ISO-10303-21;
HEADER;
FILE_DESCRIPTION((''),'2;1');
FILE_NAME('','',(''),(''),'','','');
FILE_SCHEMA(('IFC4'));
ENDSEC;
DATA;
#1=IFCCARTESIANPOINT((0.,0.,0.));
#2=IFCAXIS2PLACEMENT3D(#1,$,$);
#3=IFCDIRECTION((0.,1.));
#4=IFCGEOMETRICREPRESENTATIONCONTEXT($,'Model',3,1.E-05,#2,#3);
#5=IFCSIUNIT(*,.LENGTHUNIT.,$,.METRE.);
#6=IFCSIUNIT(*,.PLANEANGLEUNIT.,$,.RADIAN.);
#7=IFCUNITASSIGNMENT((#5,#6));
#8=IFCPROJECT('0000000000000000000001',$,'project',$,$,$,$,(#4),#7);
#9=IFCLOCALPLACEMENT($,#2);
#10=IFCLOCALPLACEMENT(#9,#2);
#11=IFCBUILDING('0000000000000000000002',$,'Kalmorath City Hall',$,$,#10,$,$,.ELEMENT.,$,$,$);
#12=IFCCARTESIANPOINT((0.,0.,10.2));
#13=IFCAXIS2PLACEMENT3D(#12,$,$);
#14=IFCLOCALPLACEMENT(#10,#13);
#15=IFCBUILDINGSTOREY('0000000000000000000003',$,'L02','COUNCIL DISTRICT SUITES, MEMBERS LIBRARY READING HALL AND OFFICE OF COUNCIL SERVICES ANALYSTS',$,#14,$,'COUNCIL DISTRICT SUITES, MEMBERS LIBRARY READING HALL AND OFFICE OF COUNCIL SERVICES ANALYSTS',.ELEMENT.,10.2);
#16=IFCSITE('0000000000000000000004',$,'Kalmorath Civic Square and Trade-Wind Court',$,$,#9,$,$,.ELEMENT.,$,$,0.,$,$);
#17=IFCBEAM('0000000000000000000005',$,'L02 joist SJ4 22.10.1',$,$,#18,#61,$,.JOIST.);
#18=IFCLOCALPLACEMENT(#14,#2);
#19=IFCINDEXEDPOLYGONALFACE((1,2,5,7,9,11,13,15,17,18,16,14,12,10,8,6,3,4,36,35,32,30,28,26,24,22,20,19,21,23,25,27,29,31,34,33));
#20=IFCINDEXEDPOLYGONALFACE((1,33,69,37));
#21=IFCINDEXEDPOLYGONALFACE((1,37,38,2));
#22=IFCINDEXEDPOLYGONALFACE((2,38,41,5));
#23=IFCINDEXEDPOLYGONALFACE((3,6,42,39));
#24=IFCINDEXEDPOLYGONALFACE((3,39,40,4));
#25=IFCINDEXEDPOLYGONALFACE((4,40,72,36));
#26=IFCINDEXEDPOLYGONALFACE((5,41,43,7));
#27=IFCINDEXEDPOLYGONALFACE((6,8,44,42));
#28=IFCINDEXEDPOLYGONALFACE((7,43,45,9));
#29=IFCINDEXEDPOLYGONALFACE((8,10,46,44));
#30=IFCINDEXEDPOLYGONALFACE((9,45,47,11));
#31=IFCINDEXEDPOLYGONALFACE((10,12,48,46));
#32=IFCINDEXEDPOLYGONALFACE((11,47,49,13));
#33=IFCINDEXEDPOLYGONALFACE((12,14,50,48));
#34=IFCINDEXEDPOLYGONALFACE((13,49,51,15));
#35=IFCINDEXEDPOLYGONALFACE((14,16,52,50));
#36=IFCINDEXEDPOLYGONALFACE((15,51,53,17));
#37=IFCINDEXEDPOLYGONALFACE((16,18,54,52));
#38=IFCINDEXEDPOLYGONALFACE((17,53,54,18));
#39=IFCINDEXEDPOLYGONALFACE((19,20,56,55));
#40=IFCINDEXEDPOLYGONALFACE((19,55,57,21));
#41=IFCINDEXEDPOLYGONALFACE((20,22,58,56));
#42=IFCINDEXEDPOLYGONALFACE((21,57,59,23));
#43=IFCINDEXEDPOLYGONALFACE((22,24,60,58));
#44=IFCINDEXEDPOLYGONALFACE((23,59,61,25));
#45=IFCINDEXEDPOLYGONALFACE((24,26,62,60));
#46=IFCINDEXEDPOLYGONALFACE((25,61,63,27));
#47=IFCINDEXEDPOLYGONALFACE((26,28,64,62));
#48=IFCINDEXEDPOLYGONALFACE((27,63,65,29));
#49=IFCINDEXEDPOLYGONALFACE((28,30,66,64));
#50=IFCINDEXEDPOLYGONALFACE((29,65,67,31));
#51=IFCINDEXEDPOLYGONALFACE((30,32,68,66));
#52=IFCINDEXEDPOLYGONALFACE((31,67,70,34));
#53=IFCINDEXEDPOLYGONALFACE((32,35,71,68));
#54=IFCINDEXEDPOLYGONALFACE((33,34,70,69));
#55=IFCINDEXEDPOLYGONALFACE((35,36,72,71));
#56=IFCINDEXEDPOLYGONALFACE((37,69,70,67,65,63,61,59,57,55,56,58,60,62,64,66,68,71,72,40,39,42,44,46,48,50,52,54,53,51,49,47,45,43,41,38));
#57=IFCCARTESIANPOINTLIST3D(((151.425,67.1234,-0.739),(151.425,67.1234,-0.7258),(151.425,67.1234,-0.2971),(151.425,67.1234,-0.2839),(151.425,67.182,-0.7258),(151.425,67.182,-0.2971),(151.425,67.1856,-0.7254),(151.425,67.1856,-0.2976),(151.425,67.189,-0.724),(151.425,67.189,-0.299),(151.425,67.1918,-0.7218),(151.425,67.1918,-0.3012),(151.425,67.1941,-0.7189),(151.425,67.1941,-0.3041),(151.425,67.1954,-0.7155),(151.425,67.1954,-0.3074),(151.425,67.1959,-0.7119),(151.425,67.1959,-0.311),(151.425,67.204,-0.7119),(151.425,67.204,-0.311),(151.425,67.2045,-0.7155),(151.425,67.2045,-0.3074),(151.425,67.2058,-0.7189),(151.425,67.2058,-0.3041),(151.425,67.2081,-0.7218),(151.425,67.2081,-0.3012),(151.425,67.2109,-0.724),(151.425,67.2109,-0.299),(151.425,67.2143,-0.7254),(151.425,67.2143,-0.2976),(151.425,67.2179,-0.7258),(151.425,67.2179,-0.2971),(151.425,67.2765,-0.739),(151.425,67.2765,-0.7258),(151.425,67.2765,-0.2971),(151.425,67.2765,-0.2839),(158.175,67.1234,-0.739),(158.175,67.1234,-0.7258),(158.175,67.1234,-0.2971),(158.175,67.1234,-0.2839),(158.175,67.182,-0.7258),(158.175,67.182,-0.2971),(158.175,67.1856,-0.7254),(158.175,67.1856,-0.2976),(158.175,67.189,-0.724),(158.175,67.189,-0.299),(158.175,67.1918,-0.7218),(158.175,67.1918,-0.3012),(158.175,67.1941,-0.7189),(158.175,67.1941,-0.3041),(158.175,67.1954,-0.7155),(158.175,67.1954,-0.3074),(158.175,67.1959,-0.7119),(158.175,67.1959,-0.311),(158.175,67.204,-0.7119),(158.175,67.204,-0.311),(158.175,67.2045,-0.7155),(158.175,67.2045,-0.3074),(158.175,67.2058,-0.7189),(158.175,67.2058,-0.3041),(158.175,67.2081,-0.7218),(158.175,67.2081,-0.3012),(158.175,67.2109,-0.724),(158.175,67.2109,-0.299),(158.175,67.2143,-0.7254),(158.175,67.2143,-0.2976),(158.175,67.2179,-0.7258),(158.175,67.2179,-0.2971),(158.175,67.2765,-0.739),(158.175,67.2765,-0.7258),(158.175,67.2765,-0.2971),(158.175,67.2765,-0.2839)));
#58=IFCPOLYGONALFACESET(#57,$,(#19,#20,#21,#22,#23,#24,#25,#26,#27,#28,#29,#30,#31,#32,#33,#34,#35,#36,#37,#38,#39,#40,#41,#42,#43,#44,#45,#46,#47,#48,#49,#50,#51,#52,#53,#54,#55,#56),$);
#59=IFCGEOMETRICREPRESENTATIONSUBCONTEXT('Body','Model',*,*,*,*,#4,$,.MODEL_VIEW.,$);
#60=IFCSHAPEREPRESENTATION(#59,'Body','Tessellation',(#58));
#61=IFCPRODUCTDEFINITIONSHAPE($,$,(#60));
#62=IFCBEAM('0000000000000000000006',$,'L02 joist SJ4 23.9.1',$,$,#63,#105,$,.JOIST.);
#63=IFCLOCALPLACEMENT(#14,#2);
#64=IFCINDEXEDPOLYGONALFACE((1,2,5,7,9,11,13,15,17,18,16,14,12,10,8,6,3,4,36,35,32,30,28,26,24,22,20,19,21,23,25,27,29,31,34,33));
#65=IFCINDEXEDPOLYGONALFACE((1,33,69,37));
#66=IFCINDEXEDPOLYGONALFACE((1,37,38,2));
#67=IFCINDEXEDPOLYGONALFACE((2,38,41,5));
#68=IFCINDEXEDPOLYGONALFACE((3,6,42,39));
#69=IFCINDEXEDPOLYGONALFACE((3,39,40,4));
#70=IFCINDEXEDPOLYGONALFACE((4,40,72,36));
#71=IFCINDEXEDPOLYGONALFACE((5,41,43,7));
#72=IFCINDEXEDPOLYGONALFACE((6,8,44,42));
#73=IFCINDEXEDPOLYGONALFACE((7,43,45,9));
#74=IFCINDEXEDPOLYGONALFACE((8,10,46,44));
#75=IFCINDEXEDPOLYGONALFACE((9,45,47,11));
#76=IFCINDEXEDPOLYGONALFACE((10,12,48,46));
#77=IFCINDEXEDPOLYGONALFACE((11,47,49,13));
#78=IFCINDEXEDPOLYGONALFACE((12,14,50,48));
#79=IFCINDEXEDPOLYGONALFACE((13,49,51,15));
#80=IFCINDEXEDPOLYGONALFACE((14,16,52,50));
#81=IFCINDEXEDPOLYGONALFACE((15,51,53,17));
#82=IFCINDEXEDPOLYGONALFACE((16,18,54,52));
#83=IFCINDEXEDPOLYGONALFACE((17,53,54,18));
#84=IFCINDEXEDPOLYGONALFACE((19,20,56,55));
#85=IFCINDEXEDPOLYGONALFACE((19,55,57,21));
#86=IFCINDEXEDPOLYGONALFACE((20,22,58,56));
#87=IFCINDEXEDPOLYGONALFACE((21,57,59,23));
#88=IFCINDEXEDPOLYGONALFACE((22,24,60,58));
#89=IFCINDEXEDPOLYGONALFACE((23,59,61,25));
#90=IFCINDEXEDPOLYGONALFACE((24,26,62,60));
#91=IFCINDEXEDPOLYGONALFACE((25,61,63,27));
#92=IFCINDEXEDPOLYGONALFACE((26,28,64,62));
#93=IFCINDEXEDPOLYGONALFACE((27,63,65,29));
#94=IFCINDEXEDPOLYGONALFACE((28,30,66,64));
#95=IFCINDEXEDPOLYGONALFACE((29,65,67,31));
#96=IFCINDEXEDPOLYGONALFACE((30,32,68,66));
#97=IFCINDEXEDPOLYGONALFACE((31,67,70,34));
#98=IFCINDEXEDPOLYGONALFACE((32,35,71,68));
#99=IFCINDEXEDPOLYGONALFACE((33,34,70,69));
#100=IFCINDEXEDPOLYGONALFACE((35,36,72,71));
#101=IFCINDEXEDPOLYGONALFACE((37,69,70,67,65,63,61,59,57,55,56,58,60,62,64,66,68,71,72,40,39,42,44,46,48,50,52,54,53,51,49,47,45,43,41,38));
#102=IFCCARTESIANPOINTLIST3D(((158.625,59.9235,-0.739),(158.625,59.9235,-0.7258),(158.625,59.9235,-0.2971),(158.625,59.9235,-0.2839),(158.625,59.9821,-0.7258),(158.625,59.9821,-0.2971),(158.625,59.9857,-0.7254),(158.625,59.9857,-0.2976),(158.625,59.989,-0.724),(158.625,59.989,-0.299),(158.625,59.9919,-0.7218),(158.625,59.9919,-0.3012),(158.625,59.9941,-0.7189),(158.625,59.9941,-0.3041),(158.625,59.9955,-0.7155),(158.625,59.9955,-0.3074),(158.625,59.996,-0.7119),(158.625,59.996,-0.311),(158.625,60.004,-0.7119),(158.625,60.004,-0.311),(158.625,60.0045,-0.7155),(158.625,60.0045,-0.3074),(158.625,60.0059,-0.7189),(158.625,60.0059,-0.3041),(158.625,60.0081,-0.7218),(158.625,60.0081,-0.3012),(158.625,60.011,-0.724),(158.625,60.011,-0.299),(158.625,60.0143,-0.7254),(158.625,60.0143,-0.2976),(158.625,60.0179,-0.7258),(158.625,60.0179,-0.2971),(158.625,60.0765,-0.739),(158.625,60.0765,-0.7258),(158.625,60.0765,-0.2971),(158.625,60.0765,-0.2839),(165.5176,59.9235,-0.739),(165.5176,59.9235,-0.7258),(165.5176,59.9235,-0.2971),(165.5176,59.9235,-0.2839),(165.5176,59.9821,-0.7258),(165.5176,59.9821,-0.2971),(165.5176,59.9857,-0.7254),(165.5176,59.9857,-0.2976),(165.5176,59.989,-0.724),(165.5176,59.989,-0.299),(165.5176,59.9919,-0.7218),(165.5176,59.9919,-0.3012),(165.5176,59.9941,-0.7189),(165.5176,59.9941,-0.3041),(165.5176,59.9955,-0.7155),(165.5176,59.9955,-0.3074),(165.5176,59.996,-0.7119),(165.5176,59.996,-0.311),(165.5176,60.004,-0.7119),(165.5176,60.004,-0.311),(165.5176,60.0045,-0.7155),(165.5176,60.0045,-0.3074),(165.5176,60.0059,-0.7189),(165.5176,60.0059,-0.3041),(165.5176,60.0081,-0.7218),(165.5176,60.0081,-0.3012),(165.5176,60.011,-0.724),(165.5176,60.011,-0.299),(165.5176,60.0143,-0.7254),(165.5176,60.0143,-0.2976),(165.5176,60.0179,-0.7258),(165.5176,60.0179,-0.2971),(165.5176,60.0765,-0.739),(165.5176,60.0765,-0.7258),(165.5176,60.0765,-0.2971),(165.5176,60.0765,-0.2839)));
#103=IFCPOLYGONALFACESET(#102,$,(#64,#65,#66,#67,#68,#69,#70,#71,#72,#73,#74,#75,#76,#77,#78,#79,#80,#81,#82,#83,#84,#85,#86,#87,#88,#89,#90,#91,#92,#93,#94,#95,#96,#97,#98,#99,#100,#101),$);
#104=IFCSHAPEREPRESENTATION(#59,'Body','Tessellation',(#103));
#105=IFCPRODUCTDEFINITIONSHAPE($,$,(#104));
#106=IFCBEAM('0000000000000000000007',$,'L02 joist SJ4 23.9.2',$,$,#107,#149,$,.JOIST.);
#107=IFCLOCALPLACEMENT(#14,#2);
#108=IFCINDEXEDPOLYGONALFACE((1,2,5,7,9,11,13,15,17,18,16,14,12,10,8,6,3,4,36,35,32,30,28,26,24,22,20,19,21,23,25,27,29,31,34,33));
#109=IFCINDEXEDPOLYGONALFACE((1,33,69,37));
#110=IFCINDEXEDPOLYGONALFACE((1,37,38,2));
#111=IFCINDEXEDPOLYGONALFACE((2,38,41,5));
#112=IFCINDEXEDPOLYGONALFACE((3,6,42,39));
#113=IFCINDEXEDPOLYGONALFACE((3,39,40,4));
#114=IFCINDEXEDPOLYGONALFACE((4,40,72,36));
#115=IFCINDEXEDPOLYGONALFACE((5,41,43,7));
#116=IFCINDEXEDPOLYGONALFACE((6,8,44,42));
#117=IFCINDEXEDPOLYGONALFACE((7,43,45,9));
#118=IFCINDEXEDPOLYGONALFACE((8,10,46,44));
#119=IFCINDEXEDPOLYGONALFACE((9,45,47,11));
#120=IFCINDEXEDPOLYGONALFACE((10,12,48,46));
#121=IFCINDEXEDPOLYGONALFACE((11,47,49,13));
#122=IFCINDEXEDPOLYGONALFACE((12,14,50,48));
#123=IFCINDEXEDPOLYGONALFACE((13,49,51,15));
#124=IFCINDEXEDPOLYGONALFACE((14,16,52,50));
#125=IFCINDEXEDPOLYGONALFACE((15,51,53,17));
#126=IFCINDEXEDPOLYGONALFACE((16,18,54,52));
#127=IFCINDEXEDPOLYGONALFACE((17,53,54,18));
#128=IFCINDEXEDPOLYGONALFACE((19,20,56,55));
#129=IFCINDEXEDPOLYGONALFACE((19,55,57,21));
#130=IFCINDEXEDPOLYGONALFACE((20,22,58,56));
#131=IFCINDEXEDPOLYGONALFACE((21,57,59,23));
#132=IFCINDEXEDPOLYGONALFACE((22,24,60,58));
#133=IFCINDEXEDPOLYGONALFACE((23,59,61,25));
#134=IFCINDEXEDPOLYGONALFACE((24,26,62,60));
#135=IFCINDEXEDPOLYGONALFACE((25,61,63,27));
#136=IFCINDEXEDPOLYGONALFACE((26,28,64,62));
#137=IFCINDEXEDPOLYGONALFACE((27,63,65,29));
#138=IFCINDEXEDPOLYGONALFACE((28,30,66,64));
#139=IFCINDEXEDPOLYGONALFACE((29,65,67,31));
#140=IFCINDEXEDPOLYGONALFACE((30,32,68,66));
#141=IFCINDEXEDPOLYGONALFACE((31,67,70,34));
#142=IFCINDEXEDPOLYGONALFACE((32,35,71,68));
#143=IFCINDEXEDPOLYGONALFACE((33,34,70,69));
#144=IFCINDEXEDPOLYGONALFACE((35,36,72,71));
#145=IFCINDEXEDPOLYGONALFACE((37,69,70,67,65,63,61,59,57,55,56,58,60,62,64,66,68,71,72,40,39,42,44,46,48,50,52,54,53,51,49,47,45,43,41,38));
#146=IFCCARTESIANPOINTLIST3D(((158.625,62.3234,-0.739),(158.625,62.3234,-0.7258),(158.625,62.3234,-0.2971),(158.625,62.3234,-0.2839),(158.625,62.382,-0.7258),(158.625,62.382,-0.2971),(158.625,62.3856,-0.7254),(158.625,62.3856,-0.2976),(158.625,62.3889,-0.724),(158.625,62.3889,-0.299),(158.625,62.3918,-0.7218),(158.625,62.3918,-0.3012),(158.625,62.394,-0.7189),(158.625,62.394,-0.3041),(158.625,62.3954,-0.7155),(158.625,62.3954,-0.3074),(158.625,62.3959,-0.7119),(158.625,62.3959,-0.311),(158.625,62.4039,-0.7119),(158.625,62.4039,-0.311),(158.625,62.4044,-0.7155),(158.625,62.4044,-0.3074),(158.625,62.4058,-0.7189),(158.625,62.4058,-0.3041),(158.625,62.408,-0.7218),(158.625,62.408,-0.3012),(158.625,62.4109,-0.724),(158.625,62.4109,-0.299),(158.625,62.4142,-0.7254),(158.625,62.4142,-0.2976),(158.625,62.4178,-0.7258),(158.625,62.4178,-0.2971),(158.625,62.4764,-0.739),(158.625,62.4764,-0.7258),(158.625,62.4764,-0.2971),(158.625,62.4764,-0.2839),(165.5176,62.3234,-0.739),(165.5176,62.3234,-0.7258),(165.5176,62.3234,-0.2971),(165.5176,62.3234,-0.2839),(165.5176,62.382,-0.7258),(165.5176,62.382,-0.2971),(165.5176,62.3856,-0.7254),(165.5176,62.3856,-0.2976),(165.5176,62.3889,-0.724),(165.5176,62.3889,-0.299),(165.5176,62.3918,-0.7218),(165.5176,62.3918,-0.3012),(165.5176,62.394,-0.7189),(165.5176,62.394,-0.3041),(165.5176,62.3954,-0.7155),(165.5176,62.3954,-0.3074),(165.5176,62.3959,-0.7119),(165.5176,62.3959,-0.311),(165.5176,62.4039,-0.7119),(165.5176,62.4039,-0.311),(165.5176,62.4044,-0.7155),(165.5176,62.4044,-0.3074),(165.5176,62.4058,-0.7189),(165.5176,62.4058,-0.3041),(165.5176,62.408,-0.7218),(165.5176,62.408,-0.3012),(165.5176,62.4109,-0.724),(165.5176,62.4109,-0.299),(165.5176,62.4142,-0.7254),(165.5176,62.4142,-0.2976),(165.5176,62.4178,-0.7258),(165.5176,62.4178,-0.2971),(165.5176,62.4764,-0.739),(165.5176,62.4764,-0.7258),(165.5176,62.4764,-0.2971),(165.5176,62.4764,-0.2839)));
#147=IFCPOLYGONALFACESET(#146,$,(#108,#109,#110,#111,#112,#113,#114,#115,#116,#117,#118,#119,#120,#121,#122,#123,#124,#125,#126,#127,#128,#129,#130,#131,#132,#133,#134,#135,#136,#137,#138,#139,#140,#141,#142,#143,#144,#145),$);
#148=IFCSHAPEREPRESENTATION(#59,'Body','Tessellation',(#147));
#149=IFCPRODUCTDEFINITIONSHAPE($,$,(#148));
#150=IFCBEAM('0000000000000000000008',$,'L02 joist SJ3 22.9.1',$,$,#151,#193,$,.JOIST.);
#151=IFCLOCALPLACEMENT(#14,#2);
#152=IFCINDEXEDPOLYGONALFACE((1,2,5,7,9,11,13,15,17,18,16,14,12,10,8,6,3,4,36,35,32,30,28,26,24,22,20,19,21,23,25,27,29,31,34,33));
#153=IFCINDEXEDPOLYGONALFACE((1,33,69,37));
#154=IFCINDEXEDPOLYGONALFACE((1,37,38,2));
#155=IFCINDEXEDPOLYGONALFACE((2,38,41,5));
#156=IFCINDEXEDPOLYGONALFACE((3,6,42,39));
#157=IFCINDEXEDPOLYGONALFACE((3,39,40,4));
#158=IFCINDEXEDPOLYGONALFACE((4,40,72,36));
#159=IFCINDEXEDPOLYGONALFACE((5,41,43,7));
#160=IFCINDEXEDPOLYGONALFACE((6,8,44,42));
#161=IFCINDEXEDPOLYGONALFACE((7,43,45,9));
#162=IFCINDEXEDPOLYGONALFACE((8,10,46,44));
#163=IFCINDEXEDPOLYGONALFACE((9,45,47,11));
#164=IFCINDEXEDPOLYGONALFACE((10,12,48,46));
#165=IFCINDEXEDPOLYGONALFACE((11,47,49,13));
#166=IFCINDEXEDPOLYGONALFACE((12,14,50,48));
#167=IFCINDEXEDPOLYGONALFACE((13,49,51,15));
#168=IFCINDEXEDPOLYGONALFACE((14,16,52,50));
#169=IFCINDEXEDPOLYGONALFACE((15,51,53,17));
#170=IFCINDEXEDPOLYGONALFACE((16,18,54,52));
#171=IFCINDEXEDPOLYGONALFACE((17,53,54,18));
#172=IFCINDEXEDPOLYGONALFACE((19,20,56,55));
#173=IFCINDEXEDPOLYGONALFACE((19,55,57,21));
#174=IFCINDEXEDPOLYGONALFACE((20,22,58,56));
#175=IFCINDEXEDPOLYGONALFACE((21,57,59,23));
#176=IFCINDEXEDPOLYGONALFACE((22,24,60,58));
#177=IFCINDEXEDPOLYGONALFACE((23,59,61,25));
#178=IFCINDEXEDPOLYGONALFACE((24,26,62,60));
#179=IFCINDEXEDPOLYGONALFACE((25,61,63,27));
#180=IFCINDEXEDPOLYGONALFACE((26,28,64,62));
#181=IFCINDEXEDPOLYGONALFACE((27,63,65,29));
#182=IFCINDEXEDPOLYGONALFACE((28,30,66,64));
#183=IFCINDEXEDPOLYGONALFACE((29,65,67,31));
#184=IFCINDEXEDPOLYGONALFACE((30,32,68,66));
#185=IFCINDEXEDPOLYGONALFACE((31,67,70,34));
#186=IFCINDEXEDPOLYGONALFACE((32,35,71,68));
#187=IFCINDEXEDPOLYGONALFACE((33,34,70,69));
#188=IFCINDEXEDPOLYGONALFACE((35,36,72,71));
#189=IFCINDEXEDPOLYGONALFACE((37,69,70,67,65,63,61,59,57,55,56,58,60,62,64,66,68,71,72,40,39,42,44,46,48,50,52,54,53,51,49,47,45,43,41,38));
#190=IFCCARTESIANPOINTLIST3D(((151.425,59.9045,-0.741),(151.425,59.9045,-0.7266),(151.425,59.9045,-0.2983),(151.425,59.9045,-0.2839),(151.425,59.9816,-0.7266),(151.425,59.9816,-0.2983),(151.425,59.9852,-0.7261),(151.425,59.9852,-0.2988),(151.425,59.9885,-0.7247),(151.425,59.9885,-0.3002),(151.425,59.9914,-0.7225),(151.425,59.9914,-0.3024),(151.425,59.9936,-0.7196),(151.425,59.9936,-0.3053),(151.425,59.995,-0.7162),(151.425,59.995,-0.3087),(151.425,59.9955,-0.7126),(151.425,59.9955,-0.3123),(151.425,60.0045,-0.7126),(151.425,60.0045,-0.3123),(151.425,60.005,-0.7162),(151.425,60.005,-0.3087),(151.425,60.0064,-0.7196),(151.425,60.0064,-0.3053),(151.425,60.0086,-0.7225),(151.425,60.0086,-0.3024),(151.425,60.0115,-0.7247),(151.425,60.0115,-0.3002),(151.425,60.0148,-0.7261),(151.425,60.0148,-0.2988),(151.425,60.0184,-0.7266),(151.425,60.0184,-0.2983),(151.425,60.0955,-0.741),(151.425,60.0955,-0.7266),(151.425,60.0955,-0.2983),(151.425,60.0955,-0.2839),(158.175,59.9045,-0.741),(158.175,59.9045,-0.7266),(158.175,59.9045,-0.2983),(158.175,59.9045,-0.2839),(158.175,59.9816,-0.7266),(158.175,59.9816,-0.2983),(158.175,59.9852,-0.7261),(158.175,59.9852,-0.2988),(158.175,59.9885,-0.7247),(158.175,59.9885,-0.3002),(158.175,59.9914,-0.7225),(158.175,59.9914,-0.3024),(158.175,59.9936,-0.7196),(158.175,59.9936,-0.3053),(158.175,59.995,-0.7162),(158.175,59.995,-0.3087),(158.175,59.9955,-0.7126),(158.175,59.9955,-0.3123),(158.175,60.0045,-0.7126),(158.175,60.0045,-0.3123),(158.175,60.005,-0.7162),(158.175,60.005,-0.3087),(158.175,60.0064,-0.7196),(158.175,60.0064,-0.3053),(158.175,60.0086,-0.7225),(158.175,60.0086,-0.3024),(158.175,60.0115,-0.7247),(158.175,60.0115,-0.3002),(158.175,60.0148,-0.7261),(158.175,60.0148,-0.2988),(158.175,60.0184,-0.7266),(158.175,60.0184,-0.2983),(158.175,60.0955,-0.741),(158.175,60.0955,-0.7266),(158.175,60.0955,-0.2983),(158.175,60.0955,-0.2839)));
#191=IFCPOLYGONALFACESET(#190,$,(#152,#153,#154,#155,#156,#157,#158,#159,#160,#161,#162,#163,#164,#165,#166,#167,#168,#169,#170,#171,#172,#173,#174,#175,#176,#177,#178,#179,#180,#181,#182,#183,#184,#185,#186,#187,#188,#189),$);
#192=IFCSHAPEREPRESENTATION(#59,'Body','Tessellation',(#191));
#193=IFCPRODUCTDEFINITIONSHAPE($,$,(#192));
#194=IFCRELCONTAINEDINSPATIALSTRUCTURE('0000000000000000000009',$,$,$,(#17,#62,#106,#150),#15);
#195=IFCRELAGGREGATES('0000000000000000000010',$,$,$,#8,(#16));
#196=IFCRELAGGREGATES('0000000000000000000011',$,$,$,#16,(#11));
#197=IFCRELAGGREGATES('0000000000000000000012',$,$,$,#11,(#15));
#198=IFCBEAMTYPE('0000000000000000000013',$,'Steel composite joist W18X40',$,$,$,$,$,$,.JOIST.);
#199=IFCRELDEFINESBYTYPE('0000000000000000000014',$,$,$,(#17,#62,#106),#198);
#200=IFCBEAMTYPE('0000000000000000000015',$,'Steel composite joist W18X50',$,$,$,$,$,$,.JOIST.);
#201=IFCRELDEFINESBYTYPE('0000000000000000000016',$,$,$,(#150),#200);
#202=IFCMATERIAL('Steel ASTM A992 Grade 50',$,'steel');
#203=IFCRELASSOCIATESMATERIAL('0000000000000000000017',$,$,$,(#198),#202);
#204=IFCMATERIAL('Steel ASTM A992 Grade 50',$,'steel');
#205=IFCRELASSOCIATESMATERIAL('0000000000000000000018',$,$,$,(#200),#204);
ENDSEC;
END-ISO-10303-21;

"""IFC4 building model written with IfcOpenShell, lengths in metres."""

from ifc_helpers import new_model, si_unit, direction, frame, origin, origin_2d, place, context, subcontext, project, spatial, i_section, extrude, material, material_profile, profile_set, type_object, element, save


model = new_model("IFC4")

# Units and contexts
model_context = context("Model", 3, precision=1e-05, world=origin(), true_north=direction((0.0, 1.0)))
body_context = subcontext(model_context, "Body", "Model", "MODEL_VIEW")
ifc_project = project(units=[si_unit("LENGTHUNIT", "METRE"), si_unit("PLANEANGLEUNIT", "RADIAN")], contexts=[model_context])

# Site, building, storey
site_placement = place(None, origin())
site = spatial("IfcSite", under=ifc_project, at=site_placement, Name="Kalmorath Civic Square and Trade-Wind Court", CompositionType="ELEMENT", RefElevation=0.0)
building_placement = place(site_placement, origin())
building = spatial("IfcBuilding", under=site, at=building_placement, Name="Kalmorath City Hall", CompositionType="ELEMENT")
storey_placement = place(building_placement, frame((0.0, 0.0, 10.2)))
storey = spatial("IfcBuildingStorey", under=building, at=storey_placement, Name="L02", Description="COUNCIL DISTRICT SUITES, MEMBERS LIBRARY READING HALL AND OFFICE OF COUNCIL SERVICES ANALYSTS", LongName="COUNCIL DISTRICT SUITES, MEMBERS LIBRARY READING HALL AND OFFICE OF COUNCIL SERVICES ANALYSTS", CompositionType="ELEMENT", Elevation=10.2)

# Beams
ifc_material_1 = material(Name="Steel ASTM A992 Grade 50", Category="steel")
ifc_material_profile_1 = material_profile(ifc_material_1, i_section(OverallWidth=0.1531, OverallDepth=0.4551, WebThickness=0.0081, FlangeThickness=0.0132, FilletRadius=0.0139, at=origin_2d()), Name="W18X40")
ifc_profile_set_1 = profile_set([ifc_material_profile_1], Name="Steel ASTM A992 Grade 50")
beam_type_1 = type_object("IfcBeamType", Name="Steel composite joist W18X40", PredefinedType="JOIST", material=ifc_profile_set_1)
beam_1_placement = place(storey_placement, frame((151.425, 67.2, -0.5115), z_axis=(1.0, 0.0, 0.0), x_axis=(0.0, 1.0, 0.0)))
element("IfcBeam", 1, at=beam_1_placement, inside=storey, type_object=beam_type_1, Name="L02 joist SJ4 22.10.1", PredefinedType="JOIST", context=body_context, shape_type="SweptSolid", body=[
    extrude(i_section(OverallWidth=0.1531, OverallDepth=0.4551, WebThickness=0.0081, FlangeThickness=0.0132, FilletRadius=0.0139, at=origin_2d()), origin(), (0.0, 0.0, 1.0), 6.75),
])
for number, where, z_axis, x_axis, name in (
    (2, (158.625, 60.0, -0.5115), (1.0, 0.0, 0.0), (0.0, 1.0, 0.0), "L02 joist SJ4 23.9.1"),
    (3, (158.625, 62.3999, -0.5115), (1.0, 0.0, 0.0), (0.0, 1.0, 0.0), "L02 joist SJ4 23.9.2"),
):
    element("IfcBeam", number, at=place(storey_placement, frame(where, z_axis=z_axis, x_axis=x_axis)), inside=storey, type_object=beam_type_1, Name=name, PredefinedType="JOIST", context=body_context, shape_type="SweptSolid", body=[
        extrude(i_section(OverallWidth=0.1531, OverallDepth=0.4551, WebThickness=0.0081, FlangeThickness=0.0132, FilletRadius=0.0139, at=origin_2d()), origin(), (0.0, 0.0, 1.0), 6.8926),
    ])
ifc_material_2 = material(Name="Steel ASTM A992 Grade 50", Category="steel")
ifc_material_profile_2 = material_profile(ifc_material_2, i_section(OverallWidth=0.1909, OverallDepth=0.457, WebThickness=0.009, FlangeThickness=0.0144, FilletRadius=0.0139, at=origin_2d()), Name="W18X50")
ifc_profile_set_2 = profile_set([ifc_material_profile_2], Name="Steel ASTM A992 Grade 50")
beam_type_2 = type_object("IfcBeamType", Name="Steel composite joist W18X50", PredefinedType="JOIST", material=ifc_profile_set_2)
for number, where, z_axis, x_axis, name in (
    (4, (151.425, 60.0, -0.5125), (1.0, 0.0, 0.0), (0.0, 1.0, 0.0), "L02 joist SJ3 22.9.1"),
):
    element("IfcBeam", number, at=place(storey_placement, frame(where, z_axis=z_axis, x_axis=x_axis)), inside=storey, type_object=beam_type_2, Name=name, PredefinedType="JOIST", context=body_context, shape_type="SweptSolid", body=[
        extrude(i_section(OverallWidth=0.1909, OverallDepth=0.457, WebThickness=0.009, FlangeThickness=0.0144, FilletRadius=0.0139, at=origin_2d()), origin(), (0.0, 0.0, 1.0), 6.75),
    ])

save(model, "model.ifc")
